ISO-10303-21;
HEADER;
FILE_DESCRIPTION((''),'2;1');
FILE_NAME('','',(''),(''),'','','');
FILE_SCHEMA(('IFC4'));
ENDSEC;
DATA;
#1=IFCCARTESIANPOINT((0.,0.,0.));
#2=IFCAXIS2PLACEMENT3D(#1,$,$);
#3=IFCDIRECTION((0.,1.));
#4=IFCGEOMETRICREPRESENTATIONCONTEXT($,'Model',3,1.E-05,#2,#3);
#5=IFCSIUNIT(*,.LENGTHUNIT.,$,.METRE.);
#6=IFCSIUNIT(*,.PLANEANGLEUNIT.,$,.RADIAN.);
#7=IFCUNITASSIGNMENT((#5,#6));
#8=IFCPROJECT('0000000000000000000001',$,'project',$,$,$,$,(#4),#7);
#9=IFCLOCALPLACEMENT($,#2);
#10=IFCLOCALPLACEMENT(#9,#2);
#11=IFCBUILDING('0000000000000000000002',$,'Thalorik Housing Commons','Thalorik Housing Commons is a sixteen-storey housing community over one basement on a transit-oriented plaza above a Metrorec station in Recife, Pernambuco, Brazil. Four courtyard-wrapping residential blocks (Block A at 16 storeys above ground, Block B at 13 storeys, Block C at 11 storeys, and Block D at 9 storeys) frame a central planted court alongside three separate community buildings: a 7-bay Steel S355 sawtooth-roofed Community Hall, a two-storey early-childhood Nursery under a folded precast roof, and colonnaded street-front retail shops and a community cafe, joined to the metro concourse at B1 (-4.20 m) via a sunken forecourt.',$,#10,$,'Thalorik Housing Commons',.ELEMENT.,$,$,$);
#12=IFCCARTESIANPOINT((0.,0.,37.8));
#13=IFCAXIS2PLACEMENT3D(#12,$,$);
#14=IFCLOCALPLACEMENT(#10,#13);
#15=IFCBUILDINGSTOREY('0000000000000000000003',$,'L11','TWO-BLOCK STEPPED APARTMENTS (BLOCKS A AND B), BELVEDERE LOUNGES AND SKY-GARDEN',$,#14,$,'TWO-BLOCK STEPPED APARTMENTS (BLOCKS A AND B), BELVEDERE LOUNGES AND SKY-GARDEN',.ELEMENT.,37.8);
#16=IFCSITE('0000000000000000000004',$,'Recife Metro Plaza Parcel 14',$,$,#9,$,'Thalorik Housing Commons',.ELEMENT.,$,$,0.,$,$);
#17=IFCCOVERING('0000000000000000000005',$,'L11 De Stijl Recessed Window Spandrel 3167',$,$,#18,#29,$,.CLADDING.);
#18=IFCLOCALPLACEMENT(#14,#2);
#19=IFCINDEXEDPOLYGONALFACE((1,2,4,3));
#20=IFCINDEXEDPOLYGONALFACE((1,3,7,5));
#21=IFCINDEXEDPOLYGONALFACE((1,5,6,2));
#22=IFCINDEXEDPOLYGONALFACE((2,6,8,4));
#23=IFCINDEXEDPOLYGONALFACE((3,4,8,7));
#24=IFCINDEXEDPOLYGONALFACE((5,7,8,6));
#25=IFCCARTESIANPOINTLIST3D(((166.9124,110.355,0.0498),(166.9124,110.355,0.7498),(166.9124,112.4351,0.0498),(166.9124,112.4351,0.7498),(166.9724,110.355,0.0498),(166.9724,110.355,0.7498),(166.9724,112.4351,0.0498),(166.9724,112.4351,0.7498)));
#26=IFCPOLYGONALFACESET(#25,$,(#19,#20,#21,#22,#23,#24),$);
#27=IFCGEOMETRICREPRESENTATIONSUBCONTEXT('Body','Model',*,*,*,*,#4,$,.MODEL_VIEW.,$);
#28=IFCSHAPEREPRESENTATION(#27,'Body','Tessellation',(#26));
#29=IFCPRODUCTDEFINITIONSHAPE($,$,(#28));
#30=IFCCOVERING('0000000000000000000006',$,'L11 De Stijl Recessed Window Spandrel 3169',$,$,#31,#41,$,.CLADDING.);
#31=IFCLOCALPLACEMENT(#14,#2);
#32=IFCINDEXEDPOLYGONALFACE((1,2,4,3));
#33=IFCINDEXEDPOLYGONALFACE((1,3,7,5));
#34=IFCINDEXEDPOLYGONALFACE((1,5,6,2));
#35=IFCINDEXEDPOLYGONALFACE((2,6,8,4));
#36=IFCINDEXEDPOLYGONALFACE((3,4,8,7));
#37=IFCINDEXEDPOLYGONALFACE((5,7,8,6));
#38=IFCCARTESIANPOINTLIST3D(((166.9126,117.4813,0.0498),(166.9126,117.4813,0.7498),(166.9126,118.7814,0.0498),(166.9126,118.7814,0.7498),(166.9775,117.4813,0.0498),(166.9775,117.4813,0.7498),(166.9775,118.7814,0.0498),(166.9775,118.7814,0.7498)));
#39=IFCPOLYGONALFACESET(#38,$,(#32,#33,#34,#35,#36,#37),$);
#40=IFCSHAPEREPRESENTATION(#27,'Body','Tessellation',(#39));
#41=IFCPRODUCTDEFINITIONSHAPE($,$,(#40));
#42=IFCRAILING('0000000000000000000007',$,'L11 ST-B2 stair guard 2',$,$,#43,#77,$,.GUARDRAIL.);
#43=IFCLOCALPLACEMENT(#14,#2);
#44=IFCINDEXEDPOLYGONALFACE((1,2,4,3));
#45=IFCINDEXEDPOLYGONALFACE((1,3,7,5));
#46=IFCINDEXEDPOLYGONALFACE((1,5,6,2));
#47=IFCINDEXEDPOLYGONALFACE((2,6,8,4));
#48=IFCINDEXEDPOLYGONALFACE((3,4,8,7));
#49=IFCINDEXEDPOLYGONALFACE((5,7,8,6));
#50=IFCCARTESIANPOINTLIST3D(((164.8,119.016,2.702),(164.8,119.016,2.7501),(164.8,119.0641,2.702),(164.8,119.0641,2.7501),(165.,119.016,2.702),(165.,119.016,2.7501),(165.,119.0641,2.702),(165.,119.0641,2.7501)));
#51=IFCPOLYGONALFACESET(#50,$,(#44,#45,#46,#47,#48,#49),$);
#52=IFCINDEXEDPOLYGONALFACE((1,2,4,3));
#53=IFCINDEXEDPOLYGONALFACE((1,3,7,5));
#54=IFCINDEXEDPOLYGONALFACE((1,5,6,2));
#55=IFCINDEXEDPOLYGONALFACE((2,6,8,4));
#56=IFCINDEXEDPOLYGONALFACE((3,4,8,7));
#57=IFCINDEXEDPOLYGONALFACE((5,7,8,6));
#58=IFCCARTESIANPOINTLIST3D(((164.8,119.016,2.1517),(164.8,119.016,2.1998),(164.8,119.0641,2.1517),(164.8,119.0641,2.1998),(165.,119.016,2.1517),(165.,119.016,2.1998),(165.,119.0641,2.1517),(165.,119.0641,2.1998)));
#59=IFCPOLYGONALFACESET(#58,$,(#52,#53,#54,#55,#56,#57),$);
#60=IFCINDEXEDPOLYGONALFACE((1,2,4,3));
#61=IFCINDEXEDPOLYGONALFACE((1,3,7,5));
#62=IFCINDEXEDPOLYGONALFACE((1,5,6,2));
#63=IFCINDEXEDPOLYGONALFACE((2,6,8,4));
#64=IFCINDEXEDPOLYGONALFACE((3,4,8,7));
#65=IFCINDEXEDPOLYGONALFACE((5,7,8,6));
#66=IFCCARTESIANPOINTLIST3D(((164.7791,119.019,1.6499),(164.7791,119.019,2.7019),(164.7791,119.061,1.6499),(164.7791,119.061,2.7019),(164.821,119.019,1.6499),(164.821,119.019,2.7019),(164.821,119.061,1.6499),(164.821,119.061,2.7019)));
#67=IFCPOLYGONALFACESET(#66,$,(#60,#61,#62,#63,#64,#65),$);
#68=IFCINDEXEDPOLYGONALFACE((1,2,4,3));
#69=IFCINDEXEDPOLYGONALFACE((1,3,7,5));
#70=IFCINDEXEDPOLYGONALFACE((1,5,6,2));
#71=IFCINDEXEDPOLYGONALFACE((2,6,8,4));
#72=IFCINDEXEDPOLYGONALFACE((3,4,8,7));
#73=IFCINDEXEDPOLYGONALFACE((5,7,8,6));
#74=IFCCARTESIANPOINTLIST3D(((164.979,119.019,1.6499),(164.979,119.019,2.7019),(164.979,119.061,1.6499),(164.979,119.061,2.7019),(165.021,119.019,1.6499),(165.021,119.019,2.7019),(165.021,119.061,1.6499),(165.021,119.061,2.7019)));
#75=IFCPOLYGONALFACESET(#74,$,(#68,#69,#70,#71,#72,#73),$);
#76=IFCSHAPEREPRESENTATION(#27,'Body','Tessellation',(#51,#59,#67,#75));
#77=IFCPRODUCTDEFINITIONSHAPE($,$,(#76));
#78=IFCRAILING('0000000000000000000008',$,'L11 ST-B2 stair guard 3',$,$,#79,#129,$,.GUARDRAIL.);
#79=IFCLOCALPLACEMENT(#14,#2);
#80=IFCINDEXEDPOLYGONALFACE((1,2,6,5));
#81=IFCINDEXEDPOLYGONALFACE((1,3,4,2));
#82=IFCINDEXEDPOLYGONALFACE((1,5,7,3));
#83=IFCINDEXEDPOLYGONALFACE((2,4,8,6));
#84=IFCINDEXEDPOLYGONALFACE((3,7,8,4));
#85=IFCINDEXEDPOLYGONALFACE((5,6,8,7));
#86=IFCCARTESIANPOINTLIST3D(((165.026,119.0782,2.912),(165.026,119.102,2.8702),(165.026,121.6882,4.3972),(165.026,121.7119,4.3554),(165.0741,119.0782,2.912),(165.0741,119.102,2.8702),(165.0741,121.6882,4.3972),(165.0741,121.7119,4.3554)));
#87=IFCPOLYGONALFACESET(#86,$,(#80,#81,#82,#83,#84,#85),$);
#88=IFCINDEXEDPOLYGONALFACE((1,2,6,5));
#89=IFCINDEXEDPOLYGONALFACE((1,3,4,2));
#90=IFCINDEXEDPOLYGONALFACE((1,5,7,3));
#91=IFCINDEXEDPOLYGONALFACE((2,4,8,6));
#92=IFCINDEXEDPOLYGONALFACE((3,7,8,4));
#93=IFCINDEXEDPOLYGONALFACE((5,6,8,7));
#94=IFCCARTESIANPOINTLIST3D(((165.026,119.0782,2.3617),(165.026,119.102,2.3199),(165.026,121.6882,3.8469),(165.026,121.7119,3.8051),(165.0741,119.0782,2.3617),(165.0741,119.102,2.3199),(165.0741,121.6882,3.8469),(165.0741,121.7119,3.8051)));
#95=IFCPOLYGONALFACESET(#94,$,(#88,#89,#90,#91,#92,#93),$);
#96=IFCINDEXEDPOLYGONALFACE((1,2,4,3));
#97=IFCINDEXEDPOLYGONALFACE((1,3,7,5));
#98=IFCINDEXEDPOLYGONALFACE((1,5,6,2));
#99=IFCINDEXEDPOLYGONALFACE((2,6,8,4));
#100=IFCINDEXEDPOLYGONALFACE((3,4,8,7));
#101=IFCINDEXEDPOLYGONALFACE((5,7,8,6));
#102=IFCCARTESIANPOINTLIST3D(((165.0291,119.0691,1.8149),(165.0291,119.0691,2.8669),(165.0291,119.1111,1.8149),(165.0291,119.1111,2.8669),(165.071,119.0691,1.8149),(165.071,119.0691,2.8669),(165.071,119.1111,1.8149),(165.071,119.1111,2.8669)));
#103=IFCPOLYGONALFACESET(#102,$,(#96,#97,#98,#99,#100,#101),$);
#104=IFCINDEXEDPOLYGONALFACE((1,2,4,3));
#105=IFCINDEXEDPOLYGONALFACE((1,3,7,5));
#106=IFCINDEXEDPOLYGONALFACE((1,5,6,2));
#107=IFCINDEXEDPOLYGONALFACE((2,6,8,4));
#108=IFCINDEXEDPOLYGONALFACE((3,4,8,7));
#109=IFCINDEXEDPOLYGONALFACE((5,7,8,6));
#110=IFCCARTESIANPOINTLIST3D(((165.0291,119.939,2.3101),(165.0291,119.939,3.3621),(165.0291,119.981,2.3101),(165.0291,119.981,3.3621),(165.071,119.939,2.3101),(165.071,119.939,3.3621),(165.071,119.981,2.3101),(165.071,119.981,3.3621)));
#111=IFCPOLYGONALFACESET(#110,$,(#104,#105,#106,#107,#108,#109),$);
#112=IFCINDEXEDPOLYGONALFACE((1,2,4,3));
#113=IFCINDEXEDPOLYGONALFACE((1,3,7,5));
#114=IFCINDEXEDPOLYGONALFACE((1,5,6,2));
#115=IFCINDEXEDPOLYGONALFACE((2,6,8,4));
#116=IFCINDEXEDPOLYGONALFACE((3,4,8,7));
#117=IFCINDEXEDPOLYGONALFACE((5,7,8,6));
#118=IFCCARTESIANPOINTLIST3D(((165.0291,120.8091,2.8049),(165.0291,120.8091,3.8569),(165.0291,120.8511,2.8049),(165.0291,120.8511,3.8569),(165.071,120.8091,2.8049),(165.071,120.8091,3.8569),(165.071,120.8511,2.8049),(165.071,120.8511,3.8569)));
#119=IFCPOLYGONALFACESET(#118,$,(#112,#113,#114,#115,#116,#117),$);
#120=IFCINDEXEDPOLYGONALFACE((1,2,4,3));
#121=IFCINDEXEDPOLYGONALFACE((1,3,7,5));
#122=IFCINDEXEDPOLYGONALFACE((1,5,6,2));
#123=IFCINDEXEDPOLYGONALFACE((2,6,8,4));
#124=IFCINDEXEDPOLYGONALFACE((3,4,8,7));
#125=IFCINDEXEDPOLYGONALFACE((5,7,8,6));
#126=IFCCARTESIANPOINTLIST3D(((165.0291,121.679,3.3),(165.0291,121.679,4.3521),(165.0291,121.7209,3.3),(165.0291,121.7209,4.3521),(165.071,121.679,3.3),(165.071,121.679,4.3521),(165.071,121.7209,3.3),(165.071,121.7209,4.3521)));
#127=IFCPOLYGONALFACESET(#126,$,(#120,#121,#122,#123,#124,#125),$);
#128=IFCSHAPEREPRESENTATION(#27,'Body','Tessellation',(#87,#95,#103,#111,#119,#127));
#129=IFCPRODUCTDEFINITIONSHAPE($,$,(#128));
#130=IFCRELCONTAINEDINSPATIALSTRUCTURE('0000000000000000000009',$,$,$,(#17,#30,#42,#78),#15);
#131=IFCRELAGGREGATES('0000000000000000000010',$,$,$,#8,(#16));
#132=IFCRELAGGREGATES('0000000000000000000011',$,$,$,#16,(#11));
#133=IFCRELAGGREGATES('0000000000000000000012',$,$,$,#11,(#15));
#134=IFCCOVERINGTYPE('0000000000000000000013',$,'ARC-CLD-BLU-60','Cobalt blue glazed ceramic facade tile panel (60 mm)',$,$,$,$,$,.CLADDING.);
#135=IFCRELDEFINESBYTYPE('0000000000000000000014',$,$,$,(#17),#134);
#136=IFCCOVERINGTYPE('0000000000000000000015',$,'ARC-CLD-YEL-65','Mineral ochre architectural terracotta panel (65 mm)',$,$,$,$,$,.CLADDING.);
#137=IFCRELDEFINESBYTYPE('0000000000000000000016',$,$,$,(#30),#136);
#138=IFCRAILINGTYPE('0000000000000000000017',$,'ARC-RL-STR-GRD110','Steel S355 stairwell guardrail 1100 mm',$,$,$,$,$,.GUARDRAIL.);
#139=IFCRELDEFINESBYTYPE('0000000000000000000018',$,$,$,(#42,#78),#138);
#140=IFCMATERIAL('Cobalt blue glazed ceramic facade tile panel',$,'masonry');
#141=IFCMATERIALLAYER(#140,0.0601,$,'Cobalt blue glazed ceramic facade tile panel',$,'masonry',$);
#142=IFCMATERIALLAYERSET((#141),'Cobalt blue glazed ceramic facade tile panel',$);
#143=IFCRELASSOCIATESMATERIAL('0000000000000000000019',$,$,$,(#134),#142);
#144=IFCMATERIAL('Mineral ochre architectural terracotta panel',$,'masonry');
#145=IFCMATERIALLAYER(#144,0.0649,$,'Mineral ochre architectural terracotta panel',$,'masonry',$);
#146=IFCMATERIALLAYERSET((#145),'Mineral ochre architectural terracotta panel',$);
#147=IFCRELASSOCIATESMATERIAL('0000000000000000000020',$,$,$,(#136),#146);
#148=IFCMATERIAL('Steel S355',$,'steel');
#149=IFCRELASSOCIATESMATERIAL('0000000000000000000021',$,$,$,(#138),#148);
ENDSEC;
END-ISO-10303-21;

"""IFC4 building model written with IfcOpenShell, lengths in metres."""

from ifc_helpers import new_model, si_unit, direction, frame, origin, origin_2d, place, context, subcontext, project, spatial, rectangle, extrude, material, layer, layer_set, type_object, element, save


model = new_model("IFC4")

# Units and contexts
model_context = context("Model", 3, precision=1e-05, world=origin(), true_north=direction((0.0, 1.0)))
body_context = subcontext(model_context, "Body", "Model", "MODEL_VIEW")
ifc_project = project(units=[si_unit("LENGTHUNIT", "METRE"), si_unit("PLANEANGLEUNIT", "RADIAN")], contexts=[model_context])

# Site, building, storey
site_placement = place(None, origin())
site = spatial("IfcSite", under=ifc_project, at=site_placement, Name="Recife Metro Plaza Parcel 14", LongName="Thalorik Housing Commons", CompositionType="ELEMENT", RefElevation=0.0)
building_placement = place(site_placement, origin())
building = spatial("IfcBuilding", under=site, at=building_placement, Name="Thalorik Housing Commons", Description="Thalorik Housing Commons is a sixteen-storey housing community over one basement on a transit-oriented plaza above a Metrorec station in Recife, Pernambuco, Brazil. Four courtyard-wrapping residential blocks (Block A at 16 storeys above ground, Block B at 13 storeys, Block C at 11 storeys, and Block D at 9 storeys) frame a central planted court alongside three separate community buildings: a 7-bay Steel S355 sawtooth-roofed Community Hall, a two-storey early-childhood Nursery under a folded precast roof, and colonnaded street-front retail shops and a community cafe, joined to the metro concourse at B1 (-4.20 m) via a sunken forecourt.", LongName="Thalorik Housing Commons", CompositionType="ELEMENT")
storey_placement = place(building_placement, frame((0.0, 0.0, 37.8)))
storey = spatial("IfcBuildingStorey", under=building, at=storey_placement, Name="L11", Description="TWO-BLOCK STEPPED APARTMENTS (BLOCKS A AND B), BELVEDERE LOUNGES AND SKY-GARDEN", LongName="TWO-BLOCK STEPPED APARTMENTS (BLOCKS A AND B), BELVEDERE LOUNGES AND SKY-GARDEN", CompositionType="ELEMENT", Elevation=37.8)

# Shared definitions
ifc_material_1 = material(Name="Steel S355", Category="steel")

# Coverings
ifc_material_2 = material(Name="Cobalt blue glazed ceramic facade tile panel", Category="masonry")
ifc_layer_1 = layer(ifc_material_2, 0.0601, Name="Cobalt blue glazed ceramic facade tile panel", Category="masonry")
ifc_layer_set_1 = layer_set([ifc_layer_1], Name="Cobalt blue glazed ceramic facade tile panel")
covering_type_1 = type_object("IfcCoveringType", Name="ARC-CLD-BLU-60", Description="Cobalt blue glazed ceramic facade tile panel (60 mm)", PredefinedType="CLADDING", material=ifc_layer_set_1)
covering_1_placement = place(storey_placement, frame((166.9424, 111.395, 0.0498), z_axis=(0.0, 0.0, 1.0), x_axis=(0.0, 1.0, 0.0)))
element("IfcCovering", 1, at=covering_1_placement, inside=storey, type_object=covering_type_1, Name="L11 De Stijl Recessed Window Spandrel 3167", PredefinedType="CLADDING", context=body_context, shape_type="SweptSolid", body=[
    extrude(rectangle(XDim=2.0801, YDim=0.0601, at=origin_2d()), origin(), (0.0, 0.0, 1.0), 0.7),
])
ifc_material_3 = material(Name="Mineral ochre architectural terracotta panel", Category="masonry")
ifc_layer_2 = layer(ifc_material_3, 0.0649, Name="Mineral ochre architectural terracotta panel", Category="masonry")
ifc_layer_set_2 = layer_set([ifc_layer_2], Name="Mineral ochre architectural terracotta panel")
covering_type_2 = type_object("IfcCoveringType", Name="ARC-CLD-YEL-65", Description="Mineral ochre architectural terracotta panel (65 mm)", PredefinedType="CLADDING", material=ifc_layer_set_2)
covering_2_placement = place(storey_placement, frame((166.9451, 118.1313, 0.0498), z_axis=(0.0, 0.0, 1.0), x_axis=(0.0, 1.0, 0.0)))
element("IfcCovering", 2, at=covering_2_placement, inside=storey, type_object=covering_type_2, Name="L11 De Stijl Recessed Window Spandrel 3169", PredefinedType="CLADDING", context=body_context, shape_type="SweptSolid", body=[
    extrude(rectangle(XDim=1.3, YDim=0.0649, at=origin_2d()), origin(), (0.0, 0.0, 1.0), 0.7),
])

# Railings
railing_type = type_object("IfcRailingType", Name="ARC-RL-STR-GRD110", Description="Steel S355 stairwell guardrail 1100 mm", PredefinedType="GUARDRAIL", material=ifc_material_1)
railing_1_placement = place(storey_placement, frame((164.8, 119.04, 1.6499)))
element("IfcRailing", 3, at=railing_1_placement, inside=storey, type_object=railing_type, Name="L11 ST-B2 stair guard 2", PredefinedType="GUARDRAIL", context=body_context, shape_type="SweptSolid", body=[
    extrude(rectangle(XDim=0.0481, YDim=0.0481, at=origin_2d()), frame((0.0, 0.0, 1.0762), z_axis=(1.0, 0.0, 0.0), x_axis=(0.0, 1.0, 0.0)), (0.0, 0.0, 1.0), 0.2),
    extrude(rectangle(XDim=0.0481, YDim=0.0481, at=origin_2d()), frame((0.0, 0.0, 0.5259), z_axis=(1.0, 0.0, 0.0), x_axis=(0.0, 1.0, 0.0)), (0.0, 0.0, 1.0), 0.2),
    extrude(rectangle(XDim=0.042, YDim=0.042, at=origin_2d()), origin(), (0.0, 0.0, 1.0), 1.052),
    extrude(rectangle(XDim=0.042, YDim=0.042, at=origin_2d()), frame((0.2, 0.0, 0.0)), (0.0, 0.0, 1.0), 1.052),
])
railing_2_placement = place(storey_placement, frame((165.05, 119.0901, 1.8149)))
element("IfcRailing", 4, at=railing_2_placement, inside=storey, type_object=railing_type, Name="L11 ST-B2 stair guard 3", PredefinedType="GUARDRAIL", context=body_context, shape_type="SweptSolid", body=[
    extrude(rectangle(XDim=0.0481, YDim=0.0481, at=origin_2d()), frame((0.0, 0.0, 1.0762), z_axis=(0.0, 0.869137, 0.494571), x_axis=(-1.0, 0.0, 0.0)), (0.0, 0.0, 1.0), 3.0029),
    extrude(rectangle(XDim=0.0481, YDim=0.0481, at=origin_2d()), frame((0.0, 0.0, 0.5259), z_axis=(0.0, 0.869137, 0.494571), x_axis=(-1.0, 0.0, 0.0)), (0.0, 0.0, 1.0), 3.0029),
    extrude(rectangle(XDim=0.042, YDim=0.042, at=origin_2d()), origin(), (0.0, 0.0, 1.0), 1.052),
    extrude(rectangle(XDim=0.042, YDim=0.042, at=origin_2d()), frame((0.0, 0.8699, 0.4951)), (0.0, 0.0, 1.0), 1.052),
    extrude(rectangle(XDim=0.042, YDim=0.042, at=origin_2d()), frame((0.0, 1.74, 0.99)), (0.0, 0.0, 1.0), 1.052),
    extrude(rectangle(XDim=0.042, YDim=0.042, at=origin_2d()), frame((0.0, 2.6099, 1.4851)), (0.0, 0.0, 1.0), 1.052),
])

save(model, "model.ifc")
